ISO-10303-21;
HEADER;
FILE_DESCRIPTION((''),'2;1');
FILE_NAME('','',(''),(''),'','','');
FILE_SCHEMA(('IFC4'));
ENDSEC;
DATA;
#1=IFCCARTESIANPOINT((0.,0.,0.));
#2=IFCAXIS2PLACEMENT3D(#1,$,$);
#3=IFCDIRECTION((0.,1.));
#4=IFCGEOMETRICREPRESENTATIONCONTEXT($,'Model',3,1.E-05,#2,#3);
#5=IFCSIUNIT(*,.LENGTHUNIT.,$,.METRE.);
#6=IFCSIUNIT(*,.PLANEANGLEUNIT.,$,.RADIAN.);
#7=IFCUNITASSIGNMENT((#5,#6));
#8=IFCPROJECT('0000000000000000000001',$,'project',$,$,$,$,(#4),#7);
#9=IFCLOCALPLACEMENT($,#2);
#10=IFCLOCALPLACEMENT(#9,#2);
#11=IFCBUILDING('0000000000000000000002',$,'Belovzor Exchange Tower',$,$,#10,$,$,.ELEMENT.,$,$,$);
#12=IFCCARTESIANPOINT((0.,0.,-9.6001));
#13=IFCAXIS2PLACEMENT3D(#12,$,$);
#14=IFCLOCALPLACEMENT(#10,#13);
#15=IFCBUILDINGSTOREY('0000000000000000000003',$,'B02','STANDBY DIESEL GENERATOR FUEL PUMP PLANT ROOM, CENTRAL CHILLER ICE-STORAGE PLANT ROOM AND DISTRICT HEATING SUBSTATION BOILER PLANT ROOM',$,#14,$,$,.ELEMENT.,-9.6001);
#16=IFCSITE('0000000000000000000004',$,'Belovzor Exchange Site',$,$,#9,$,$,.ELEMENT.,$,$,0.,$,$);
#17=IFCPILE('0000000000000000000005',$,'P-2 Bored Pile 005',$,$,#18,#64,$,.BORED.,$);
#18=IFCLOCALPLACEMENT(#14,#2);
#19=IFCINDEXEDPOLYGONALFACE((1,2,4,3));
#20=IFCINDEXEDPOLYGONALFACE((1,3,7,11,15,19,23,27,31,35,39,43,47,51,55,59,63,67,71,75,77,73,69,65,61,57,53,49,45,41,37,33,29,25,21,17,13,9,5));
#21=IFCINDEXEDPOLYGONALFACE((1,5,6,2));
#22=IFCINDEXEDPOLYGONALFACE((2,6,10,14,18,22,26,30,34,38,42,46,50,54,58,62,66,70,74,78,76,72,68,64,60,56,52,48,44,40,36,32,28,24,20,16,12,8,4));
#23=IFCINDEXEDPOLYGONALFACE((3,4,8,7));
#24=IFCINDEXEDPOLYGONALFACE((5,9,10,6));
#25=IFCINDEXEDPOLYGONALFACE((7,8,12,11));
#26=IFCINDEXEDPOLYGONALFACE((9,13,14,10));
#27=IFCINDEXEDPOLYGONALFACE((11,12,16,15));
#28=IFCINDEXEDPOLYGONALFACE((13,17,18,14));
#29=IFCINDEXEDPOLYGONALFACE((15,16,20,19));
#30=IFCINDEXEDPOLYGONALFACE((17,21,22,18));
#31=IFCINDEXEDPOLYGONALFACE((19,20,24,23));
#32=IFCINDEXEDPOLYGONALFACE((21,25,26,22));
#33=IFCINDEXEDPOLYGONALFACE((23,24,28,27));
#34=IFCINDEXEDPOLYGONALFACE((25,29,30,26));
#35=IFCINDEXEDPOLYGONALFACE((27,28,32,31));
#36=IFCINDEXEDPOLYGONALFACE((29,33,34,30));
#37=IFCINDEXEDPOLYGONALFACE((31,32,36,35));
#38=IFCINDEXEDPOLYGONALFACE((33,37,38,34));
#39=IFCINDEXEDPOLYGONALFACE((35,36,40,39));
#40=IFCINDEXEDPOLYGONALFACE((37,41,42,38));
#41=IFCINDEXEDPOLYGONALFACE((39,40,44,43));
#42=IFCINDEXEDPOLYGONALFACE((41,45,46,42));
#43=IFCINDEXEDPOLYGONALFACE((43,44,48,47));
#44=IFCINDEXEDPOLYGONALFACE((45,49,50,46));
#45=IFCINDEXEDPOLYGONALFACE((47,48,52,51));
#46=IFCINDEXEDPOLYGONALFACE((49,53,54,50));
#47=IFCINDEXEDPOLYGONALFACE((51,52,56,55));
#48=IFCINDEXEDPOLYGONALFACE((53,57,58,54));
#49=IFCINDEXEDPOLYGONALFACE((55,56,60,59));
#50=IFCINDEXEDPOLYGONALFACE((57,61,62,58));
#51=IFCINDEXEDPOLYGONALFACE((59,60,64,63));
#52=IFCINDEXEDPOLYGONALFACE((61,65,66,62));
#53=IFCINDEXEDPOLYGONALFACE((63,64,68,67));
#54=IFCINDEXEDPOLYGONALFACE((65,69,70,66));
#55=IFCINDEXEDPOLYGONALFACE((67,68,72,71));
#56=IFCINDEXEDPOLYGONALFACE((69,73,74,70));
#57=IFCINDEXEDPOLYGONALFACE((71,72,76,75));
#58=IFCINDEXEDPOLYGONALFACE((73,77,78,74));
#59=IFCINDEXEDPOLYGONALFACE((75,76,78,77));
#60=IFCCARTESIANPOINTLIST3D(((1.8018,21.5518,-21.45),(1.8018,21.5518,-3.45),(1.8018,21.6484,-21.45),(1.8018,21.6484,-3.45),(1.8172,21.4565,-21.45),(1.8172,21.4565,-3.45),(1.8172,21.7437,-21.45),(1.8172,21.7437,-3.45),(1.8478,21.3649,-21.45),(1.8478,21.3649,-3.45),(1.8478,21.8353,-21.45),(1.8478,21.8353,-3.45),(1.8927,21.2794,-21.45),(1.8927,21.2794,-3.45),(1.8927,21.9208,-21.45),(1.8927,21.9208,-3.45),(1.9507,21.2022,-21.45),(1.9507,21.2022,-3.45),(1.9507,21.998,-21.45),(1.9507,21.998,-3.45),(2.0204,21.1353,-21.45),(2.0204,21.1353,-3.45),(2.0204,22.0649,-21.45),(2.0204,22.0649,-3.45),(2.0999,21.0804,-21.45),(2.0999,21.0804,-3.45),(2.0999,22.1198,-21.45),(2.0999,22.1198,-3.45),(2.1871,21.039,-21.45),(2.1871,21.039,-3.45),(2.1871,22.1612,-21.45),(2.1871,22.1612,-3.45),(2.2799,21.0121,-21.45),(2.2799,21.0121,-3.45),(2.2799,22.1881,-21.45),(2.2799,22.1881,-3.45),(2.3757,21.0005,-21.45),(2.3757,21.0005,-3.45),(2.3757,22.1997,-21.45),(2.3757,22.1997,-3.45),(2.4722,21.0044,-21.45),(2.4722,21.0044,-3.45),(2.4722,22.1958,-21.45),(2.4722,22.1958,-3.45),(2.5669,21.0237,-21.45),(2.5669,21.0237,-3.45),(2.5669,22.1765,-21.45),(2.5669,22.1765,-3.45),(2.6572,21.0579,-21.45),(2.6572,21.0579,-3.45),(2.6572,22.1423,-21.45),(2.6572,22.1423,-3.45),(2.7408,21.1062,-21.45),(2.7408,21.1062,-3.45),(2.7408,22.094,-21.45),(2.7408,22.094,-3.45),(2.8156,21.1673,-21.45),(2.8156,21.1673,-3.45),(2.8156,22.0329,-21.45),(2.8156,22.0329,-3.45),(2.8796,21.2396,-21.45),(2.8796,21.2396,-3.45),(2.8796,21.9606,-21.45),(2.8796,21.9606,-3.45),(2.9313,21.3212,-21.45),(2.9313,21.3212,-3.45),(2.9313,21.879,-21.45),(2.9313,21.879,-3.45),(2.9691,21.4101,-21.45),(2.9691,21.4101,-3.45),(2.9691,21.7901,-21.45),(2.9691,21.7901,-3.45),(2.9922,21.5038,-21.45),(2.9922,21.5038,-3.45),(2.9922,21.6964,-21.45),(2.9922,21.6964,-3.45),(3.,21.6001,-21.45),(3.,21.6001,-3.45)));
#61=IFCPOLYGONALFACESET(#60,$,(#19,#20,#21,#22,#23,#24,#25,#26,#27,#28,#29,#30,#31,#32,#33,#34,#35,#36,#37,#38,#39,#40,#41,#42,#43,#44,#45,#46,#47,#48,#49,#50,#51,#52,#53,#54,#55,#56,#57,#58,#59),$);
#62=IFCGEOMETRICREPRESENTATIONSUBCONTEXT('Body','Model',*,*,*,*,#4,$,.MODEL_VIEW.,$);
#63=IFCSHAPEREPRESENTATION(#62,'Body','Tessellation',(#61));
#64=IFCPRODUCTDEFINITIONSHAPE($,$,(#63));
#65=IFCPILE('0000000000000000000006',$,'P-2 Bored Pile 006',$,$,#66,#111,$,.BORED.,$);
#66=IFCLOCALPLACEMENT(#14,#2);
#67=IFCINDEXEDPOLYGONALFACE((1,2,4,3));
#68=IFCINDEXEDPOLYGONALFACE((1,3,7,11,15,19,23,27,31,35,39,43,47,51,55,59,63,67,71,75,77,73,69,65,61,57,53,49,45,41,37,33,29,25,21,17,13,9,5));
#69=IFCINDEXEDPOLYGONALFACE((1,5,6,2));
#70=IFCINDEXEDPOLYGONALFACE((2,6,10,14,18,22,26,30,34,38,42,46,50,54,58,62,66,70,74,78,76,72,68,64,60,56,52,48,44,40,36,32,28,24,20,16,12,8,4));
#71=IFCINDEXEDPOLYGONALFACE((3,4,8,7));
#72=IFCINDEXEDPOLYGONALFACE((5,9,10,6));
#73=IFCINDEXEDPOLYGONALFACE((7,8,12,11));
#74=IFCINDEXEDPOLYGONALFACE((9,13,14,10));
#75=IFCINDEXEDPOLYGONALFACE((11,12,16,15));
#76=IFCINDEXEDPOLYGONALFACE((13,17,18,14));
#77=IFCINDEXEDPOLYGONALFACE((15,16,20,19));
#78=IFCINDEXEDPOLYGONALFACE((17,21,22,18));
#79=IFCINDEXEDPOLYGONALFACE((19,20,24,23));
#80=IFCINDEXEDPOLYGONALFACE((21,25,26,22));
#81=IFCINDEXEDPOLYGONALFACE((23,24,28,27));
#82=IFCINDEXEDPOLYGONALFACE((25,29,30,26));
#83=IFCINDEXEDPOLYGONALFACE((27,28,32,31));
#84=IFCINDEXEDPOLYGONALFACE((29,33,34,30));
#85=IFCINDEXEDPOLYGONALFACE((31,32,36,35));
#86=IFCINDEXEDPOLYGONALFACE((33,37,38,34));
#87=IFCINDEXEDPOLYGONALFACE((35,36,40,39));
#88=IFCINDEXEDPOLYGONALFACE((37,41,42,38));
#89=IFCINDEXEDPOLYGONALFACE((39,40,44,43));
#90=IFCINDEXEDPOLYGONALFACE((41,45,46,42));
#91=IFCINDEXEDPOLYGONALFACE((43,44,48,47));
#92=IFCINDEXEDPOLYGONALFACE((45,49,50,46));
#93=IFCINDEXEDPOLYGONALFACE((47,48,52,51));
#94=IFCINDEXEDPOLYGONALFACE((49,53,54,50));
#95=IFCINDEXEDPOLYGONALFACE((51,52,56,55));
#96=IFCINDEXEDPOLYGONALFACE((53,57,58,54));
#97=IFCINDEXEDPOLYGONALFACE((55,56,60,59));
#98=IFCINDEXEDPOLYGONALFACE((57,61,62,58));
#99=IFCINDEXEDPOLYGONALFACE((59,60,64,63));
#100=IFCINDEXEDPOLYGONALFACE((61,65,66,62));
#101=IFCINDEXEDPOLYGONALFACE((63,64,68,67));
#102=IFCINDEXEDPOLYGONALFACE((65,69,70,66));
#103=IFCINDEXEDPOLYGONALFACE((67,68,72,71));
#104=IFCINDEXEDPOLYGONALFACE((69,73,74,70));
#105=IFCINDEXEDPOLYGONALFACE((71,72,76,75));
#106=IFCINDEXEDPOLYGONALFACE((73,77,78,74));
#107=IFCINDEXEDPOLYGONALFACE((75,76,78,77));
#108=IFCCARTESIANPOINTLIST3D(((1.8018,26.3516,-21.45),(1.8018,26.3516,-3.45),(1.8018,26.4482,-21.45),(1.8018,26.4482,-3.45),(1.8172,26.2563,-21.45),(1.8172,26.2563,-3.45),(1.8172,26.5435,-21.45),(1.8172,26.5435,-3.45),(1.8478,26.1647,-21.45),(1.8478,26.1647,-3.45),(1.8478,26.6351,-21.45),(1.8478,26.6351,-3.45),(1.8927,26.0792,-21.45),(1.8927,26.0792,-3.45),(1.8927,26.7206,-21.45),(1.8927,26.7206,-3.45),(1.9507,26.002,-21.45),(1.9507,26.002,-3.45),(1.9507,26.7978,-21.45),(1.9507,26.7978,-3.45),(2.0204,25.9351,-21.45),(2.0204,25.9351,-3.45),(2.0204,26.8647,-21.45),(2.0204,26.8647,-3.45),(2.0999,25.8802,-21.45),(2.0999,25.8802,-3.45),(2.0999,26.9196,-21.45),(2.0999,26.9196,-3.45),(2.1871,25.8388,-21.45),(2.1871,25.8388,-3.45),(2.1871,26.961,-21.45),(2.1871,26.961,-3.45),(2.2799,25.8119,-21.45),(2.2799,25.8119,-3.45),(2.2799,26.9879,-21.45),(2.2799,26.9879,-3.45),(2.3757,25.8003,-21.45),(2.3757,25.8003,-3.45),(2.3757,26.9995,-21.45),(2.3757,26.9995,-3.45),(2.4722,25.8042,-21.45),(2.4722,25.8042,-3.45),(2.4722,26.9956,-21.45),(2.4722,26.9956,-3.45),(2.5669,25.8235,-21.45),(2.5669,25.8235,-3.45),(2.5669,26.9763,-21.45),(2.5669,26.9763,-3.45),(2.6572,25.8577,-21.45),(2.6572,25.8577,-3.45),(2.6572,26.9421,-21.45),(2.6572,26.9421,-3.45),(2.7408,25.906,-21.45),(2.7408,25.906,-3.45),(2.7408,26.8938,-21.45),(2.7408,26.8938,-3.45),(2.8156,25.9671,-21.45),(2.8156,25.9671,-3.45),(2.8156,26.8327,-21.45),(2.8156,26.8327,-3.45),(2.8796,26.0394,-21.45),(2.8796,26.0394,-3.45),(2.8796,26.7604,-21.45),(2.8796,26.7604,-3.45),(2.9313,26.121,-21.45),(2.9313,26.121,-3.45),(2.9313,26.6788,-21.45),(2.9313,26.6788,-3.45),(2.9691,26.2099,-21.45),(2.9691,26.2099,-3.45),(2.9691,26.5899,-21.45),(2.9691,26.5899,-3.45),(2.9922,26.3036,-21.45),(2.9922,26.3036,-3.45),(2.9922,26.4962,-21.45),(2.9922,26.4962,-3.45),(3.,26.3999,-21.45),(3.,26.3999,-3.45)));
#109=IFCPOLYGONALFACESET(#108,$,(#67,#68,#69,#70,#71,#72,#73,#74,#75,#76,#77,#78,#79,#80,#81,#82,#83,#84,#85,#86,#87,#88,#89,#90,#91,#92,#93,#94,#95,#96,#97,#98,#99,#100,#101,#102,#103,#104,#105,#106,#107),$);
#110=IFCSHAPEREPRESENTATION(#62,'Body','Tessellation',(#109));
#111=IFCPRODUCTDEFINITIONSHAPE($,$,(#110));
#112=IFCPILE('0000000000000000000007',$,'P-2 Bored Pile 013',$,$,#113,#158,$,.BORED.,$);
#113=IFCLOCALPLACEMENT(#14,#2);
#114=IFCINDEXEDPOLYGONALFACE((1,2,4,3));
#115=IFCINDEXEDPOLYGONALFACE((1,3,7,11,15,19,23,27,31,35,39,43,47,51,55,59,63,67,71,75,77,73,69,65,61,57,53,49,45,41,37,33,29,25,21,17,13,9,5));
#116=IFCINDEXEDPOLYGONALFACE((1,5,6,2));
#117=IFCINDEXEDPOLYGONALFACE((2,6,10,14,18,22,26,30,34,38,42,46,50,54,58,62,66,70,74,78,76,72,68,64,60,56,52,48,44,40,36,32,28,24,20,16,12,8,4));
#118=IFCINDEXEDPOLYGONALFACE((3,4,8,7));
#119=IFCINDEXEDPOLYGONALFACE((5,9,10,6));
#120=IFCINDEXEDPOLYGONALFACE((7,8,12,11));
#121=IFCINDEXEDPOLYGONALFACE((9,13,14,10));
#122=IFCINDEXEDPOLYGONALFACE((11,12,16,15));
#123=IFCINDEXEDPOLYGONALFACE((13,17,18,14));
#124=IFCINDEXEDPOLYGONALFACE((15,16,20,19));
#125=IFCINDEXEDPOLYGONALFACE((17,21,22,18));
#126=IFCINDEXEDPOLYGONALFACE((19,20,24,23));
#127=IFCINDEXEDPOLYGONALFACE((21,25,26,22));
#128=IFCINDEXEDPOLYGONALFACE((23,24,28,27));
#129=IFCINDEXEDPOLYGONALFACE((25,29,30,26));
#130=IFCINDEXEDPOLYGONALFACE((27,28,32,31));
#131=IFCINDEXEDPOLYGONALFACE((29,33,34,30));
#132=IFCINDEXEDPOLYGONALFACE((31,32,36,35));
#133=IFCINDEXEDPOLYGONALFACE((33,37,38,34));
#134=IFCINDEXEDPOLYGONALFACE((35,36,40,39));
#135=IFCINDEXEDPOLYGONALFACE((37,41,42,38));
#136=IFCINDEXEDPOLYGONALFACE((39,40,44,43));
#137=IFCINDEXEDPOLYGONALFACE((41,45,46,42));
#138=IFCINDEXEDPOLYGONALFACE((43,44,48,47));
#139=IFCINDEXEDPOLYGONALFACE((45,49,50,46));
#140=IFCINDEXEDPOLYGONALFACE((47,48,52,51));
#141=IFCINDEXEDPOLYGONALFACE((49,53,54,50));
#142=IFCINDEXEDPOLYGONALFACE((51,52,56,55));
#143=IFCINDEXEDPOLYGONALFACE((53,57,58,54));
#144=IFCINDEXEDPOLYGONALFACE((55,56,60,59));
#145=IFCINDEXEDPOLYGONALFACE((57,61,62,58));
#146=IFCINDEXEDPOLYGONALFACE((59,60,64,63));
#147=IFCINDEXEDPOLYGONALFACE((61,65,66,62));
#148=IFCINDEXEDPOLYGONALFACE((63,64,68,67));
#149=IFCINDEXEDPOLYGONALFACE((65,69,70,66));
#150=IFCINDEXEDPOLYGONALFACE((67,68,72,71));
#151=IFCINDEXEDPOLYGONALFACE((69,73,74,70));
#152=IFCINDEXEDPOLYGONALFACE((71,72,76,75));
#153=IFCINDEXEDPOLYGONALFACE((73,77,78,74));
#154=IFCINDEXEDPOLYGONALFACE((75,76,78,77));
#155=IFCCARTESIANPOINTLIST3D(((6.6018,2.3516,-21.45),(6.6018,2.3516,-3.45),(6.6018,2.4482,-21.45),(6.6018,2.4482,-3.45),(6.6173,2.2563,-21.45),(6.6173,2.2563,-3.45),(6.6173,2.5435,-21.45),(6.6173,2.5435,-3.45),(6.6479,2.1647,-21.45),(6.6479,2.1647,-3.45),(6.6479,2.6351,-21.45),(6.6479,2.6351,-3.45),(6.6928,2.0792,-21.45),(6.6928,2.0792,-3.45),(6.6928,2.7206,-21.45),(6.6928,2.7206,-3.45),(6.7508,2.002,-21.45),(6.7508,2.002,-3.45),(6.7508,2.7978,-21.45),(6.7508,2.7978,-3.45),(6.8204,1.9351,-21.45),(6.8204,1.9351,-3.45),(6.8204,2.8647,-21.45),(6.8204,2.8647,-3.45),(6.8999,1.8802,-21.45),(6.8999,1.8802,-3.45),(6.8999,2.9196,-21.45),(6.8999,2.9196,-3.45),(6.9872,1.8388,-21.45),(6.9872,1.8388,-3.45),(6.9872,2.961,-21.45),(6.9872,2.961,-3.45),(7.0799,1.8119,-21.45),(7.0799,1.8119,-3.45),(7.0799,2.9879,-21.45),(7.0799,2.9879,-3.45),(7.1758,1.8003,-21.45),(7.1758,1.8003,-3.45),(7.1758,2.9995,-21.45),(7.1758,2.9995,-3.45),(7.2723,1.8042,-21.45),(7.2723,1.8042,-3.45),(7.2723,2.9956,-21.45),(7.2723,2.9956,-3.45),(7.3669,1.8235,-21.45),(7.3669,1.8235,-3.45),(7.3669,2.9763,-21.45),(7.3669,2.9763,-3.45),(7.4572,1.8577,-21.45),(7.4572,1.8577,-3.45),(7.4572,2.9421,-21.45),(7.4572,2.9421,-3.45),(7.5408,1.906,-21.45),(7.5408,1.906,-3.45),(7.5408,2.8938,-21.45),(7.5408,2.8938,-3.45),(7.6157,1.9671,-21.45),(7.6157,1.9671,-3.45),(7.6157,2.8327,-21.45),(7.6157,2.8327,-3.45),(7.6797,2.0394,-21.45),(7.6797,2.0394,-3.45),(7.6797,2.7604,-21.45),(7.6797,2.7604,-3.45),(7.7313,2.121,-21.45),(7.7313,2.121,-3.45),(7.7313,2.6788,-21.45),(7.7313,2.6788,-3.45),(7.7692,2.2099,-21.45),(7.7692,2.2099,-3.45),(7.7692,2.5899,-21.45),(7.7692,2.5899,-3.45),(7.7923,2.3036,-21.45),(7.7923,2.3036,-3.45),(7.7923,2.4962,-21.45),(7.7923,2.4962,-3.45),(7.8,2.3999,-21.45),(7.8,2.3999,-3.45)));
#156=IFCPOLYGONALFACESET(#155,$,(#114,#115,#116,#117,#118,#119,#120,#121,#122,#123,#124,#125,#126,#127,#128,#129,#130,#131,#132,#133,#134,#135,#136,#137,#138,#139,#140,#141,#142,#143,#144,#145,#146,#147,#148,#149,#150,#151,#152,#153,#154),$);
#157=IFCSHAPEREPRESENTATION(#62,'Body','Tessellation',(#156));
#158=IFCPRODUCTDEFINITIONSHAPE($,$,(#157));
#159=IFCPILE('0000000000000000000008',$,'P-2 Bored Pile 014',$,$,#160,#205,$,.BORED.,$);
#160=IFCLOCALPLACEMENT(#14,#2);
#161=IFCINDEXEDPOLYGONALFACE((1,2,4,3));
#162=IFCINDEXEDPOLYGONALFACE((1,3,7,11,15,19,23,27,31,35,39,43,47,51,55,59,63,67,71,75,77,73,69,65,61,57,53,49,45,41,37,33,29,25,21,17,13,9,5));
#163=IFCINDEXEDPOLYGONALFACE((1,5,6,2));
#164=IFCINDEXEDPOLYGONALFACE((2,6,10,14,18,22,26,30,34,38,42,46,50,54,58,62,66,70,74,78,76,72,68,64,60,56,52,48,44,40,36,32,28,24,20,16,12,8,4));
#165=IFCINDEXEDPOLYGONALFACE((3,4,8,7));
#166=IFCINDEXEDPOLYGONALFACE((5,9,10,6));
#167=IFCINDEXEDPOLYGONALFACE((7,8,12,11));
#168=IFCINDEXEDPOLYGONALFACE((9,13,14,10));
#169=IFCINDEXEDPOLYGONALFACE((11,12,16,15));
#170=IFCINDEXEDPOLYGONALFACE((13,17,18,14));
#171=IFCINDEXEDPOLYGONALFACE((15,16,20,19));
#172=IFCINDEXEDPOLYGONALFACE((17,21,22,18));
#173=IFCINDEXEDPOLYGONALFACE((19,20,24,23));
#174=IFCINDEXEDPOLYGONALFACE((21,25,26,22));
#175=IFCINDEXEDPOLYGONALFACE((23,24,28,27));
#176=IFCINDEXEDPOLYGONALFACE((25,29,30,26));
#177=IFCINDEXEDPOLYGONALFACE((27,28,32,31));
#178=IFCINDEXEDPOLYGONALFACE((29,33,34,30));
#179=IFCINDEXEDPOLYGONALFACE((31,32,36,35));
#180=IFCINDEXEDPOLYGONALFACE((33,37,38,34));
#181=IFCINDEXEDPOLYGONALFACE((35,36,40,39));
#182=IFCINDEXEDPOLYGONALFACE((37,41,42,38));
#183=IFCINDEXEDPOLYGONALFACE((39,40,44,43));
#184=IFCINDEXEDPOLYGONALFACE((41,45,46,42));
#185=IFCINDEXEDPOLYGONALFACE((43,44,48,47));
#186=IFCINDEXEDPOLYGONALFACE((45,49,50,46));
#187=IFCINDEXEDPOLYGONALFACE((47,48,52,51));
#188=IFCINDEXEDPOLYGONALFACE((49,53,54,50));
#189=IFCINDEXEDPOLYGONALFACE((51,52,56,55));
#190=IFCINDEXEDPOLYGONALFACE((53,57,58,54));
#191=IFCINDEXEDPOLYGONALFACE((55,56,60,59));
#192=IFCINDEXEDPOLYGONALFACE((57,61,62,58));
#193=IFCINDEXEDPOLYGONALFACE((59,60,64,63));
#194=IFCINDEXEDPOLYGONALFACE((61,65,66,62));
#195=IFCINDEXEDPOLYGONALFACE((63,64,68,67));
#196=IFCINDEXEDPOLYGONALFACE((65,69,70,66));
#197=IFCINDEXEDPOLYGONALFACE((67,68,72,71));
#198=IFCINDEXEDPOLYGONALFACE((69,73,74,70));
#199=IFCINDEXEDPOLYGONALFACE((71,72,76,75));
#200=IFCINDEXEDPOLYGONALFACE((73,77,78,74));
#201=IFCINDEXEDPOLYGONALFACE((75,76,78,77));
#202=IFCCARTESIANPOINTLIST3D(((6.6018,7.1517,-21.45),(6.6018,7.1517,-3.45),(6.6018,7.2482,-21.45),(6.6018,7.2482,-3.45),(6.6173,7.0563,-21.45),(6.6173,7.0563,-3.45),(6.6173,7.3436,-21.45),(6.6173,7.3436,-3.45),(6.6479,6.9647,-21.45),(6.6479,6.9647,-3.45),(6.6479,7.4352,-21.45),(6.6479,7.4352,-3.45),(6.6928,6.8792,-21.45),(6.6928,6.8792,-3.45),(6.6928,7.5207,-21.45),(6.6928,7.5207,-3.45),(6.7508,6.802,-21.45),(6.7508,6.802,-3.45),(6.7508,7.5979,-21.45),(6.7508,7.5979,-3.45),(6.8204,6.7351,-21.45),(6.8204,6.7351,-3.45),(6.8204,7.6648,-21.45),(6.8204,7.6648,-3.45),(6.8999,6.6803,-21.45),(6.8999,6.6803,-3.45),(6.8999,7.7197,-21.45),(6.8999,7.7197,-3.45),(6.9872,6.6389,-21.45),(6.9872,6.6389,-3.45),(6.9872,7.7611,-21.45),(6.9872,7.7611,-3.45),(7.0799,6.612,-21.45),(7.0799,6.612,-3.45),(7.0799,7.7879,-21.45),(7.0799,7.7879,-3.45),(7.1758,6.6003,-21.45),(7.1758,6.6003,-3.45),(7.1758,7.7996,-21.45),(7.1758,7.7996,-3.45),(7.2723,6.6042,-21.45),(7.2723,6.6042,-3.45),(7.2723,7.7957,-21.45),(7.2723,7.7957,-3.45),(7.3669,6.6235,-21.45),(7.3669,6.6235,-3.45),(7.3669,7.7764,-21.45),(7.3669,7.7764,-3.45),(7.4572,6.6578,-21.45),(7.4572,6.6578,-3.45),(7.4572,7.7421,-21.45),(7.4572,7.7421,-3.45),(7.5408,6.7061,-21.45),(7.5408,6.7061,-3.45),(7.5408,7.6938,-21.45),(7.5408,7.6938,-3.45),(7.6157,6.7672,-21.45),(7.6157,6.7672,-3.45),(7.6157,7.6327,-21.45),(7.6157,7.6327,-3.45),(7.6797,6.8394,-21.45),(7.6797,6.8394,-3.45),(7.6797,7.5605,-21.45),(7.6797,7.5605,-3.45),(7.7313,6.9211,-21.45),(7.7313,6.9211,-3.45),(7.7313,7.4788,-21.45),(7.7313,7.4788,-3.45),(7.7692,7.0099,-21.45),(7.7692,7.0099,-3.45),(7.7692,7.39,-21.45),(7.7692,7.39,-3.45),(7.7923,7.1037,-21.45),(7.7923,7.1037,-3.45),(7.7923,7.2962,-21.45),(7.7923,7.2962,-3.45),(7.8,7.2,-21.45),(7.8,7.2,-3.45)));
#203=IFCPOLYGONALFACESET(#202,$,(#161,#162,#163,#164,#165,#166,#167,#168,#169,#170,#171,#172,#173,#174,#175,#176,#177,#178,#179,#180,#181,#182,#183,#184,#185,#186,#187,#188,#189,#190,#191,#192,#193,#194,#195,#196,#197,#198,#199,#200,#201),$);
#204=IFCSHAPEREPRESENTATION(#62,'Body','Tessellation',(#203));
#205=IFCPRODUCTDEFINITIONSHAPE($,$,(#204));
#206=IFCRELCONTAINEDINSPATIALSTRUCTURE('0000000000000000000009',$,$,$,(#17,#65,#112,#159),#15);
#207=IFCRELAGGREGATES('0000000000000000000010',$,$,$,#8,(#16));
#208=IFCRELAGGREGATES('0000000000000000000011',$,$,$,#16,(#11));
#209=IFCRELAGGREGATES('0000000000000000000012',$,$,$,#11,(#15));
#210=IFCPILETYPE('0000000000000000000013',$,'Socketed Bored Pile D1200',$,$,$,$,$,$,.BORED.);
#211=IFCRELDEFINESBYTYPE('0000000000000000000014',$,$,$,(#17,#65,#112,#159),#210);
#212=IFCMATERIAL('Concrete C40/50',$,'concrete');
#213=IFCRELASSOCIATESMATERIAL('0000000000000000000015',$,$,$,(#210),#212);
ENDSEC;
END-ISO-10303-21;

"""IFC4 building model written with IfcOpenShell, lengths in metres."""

from ifc_helpers import new_model, si_unit, direction, frame, origin, origin_2d, place, context, subcontext, project, spatial, circle, extrude, material, material_profile, profile_set, type_object, element, save


model = new_model("IFC4")

# Units and contexts
model_context = context("Model", 3, precision=1e-05, world=origin(), true_north=direction((0.0, 1.0)))
body_context = subcontext(model_context, "Body", "Model", "MODEL_VIEW")
ifc_project = project(units=[si_unit("LENGTHUNIT", "METRE"), si_unit("PLANEANGLEUNIT", "RADIAN")], contexts=[model_context])

# Site, building, storey
site_placement = place(None, origin())
site = spatial("IfcSite", under=ifc_project, at=site_placement, Name="Belovzor Exchange Site", CompositionType="ELEMENT", RefElevation=0.0)
building_placement = place(site_placement, origin())
building = spatial("IfcBuilding", under=site, at=building_placement, Name="Belovzor Exchange Tower", CompositionType="ELEMENT")
storey_placement = place(building_placement, frame((0.0, 0.0, -9.6001)))
storey = spatial("IfcBuildingStorey", under=building, at=storey_placement, Name="B02", Description="STANDBY DIESEL GENERATOR FUEL PUMP PLANT ROOM, CENTRAL CHILLER ICE-STORAGE PLANT ROOM AND DISTRICT HEATING SUBSTATION BOILER PLANT ROOM", CompositionType="ELEMENT", Elevation=-9.6001)

# Piles
ifc_material_1 = material(Name="Concrete C40/50", Category="concrete")
ifc_material_profile_1 = material_profile(ifc_material_1, circle(Radius=0.6001, at=origin_2d()))
ifc_profile_set_1 = profile_set([ifc_material_profile_1], Name="Concrete C40/50")
pile_type_1 = type_object("IfcPileType", Name="Socketed Bored Pile D1200", PredefinedType="BORED", material=ifc_profile_set_1)
for number, where, z_axis, x_axis, name in (
    (1, (2.3999, 21.6001, -3.45), (0.0, 0.0, -1.0), (1.0, 0.0, 0.0), "P-2 Bored Pile 005"),
    (2, (2.3999, 26.3999, -3.45), (0.0, 0.0, -1.0), (1.0, 0.0, 0.0), "P-2 Bored Pile 006"),
    (3, (7.2, 2.3999, -3.45), (0.0, 0.0, -1.0), (1.0, 0.0, 0.0), "P-2 Bored Pile 013"),
    (4, (7.2, 7.2, -3.45), (0.0, 0.0, -1.0), (1.0, 0.0, 0.0), "P-2 Bored Pile 014"),
):
    element("IfcPile", number, at=place(storey_placement, frame(where, z_axis=z_axis, x_axis=x_axis)), inside=storey, type_object=pile_type_1, Name=name, PredefinedType="BORED", context=body_context, shape_type="SweptSolid", body=[
        extrude(circle(Radius=0.6001, at=origin_2d()), origin(), (0.0, 0.0, 1.0), 18.0),
    ])

save(model, "model.ifc")
